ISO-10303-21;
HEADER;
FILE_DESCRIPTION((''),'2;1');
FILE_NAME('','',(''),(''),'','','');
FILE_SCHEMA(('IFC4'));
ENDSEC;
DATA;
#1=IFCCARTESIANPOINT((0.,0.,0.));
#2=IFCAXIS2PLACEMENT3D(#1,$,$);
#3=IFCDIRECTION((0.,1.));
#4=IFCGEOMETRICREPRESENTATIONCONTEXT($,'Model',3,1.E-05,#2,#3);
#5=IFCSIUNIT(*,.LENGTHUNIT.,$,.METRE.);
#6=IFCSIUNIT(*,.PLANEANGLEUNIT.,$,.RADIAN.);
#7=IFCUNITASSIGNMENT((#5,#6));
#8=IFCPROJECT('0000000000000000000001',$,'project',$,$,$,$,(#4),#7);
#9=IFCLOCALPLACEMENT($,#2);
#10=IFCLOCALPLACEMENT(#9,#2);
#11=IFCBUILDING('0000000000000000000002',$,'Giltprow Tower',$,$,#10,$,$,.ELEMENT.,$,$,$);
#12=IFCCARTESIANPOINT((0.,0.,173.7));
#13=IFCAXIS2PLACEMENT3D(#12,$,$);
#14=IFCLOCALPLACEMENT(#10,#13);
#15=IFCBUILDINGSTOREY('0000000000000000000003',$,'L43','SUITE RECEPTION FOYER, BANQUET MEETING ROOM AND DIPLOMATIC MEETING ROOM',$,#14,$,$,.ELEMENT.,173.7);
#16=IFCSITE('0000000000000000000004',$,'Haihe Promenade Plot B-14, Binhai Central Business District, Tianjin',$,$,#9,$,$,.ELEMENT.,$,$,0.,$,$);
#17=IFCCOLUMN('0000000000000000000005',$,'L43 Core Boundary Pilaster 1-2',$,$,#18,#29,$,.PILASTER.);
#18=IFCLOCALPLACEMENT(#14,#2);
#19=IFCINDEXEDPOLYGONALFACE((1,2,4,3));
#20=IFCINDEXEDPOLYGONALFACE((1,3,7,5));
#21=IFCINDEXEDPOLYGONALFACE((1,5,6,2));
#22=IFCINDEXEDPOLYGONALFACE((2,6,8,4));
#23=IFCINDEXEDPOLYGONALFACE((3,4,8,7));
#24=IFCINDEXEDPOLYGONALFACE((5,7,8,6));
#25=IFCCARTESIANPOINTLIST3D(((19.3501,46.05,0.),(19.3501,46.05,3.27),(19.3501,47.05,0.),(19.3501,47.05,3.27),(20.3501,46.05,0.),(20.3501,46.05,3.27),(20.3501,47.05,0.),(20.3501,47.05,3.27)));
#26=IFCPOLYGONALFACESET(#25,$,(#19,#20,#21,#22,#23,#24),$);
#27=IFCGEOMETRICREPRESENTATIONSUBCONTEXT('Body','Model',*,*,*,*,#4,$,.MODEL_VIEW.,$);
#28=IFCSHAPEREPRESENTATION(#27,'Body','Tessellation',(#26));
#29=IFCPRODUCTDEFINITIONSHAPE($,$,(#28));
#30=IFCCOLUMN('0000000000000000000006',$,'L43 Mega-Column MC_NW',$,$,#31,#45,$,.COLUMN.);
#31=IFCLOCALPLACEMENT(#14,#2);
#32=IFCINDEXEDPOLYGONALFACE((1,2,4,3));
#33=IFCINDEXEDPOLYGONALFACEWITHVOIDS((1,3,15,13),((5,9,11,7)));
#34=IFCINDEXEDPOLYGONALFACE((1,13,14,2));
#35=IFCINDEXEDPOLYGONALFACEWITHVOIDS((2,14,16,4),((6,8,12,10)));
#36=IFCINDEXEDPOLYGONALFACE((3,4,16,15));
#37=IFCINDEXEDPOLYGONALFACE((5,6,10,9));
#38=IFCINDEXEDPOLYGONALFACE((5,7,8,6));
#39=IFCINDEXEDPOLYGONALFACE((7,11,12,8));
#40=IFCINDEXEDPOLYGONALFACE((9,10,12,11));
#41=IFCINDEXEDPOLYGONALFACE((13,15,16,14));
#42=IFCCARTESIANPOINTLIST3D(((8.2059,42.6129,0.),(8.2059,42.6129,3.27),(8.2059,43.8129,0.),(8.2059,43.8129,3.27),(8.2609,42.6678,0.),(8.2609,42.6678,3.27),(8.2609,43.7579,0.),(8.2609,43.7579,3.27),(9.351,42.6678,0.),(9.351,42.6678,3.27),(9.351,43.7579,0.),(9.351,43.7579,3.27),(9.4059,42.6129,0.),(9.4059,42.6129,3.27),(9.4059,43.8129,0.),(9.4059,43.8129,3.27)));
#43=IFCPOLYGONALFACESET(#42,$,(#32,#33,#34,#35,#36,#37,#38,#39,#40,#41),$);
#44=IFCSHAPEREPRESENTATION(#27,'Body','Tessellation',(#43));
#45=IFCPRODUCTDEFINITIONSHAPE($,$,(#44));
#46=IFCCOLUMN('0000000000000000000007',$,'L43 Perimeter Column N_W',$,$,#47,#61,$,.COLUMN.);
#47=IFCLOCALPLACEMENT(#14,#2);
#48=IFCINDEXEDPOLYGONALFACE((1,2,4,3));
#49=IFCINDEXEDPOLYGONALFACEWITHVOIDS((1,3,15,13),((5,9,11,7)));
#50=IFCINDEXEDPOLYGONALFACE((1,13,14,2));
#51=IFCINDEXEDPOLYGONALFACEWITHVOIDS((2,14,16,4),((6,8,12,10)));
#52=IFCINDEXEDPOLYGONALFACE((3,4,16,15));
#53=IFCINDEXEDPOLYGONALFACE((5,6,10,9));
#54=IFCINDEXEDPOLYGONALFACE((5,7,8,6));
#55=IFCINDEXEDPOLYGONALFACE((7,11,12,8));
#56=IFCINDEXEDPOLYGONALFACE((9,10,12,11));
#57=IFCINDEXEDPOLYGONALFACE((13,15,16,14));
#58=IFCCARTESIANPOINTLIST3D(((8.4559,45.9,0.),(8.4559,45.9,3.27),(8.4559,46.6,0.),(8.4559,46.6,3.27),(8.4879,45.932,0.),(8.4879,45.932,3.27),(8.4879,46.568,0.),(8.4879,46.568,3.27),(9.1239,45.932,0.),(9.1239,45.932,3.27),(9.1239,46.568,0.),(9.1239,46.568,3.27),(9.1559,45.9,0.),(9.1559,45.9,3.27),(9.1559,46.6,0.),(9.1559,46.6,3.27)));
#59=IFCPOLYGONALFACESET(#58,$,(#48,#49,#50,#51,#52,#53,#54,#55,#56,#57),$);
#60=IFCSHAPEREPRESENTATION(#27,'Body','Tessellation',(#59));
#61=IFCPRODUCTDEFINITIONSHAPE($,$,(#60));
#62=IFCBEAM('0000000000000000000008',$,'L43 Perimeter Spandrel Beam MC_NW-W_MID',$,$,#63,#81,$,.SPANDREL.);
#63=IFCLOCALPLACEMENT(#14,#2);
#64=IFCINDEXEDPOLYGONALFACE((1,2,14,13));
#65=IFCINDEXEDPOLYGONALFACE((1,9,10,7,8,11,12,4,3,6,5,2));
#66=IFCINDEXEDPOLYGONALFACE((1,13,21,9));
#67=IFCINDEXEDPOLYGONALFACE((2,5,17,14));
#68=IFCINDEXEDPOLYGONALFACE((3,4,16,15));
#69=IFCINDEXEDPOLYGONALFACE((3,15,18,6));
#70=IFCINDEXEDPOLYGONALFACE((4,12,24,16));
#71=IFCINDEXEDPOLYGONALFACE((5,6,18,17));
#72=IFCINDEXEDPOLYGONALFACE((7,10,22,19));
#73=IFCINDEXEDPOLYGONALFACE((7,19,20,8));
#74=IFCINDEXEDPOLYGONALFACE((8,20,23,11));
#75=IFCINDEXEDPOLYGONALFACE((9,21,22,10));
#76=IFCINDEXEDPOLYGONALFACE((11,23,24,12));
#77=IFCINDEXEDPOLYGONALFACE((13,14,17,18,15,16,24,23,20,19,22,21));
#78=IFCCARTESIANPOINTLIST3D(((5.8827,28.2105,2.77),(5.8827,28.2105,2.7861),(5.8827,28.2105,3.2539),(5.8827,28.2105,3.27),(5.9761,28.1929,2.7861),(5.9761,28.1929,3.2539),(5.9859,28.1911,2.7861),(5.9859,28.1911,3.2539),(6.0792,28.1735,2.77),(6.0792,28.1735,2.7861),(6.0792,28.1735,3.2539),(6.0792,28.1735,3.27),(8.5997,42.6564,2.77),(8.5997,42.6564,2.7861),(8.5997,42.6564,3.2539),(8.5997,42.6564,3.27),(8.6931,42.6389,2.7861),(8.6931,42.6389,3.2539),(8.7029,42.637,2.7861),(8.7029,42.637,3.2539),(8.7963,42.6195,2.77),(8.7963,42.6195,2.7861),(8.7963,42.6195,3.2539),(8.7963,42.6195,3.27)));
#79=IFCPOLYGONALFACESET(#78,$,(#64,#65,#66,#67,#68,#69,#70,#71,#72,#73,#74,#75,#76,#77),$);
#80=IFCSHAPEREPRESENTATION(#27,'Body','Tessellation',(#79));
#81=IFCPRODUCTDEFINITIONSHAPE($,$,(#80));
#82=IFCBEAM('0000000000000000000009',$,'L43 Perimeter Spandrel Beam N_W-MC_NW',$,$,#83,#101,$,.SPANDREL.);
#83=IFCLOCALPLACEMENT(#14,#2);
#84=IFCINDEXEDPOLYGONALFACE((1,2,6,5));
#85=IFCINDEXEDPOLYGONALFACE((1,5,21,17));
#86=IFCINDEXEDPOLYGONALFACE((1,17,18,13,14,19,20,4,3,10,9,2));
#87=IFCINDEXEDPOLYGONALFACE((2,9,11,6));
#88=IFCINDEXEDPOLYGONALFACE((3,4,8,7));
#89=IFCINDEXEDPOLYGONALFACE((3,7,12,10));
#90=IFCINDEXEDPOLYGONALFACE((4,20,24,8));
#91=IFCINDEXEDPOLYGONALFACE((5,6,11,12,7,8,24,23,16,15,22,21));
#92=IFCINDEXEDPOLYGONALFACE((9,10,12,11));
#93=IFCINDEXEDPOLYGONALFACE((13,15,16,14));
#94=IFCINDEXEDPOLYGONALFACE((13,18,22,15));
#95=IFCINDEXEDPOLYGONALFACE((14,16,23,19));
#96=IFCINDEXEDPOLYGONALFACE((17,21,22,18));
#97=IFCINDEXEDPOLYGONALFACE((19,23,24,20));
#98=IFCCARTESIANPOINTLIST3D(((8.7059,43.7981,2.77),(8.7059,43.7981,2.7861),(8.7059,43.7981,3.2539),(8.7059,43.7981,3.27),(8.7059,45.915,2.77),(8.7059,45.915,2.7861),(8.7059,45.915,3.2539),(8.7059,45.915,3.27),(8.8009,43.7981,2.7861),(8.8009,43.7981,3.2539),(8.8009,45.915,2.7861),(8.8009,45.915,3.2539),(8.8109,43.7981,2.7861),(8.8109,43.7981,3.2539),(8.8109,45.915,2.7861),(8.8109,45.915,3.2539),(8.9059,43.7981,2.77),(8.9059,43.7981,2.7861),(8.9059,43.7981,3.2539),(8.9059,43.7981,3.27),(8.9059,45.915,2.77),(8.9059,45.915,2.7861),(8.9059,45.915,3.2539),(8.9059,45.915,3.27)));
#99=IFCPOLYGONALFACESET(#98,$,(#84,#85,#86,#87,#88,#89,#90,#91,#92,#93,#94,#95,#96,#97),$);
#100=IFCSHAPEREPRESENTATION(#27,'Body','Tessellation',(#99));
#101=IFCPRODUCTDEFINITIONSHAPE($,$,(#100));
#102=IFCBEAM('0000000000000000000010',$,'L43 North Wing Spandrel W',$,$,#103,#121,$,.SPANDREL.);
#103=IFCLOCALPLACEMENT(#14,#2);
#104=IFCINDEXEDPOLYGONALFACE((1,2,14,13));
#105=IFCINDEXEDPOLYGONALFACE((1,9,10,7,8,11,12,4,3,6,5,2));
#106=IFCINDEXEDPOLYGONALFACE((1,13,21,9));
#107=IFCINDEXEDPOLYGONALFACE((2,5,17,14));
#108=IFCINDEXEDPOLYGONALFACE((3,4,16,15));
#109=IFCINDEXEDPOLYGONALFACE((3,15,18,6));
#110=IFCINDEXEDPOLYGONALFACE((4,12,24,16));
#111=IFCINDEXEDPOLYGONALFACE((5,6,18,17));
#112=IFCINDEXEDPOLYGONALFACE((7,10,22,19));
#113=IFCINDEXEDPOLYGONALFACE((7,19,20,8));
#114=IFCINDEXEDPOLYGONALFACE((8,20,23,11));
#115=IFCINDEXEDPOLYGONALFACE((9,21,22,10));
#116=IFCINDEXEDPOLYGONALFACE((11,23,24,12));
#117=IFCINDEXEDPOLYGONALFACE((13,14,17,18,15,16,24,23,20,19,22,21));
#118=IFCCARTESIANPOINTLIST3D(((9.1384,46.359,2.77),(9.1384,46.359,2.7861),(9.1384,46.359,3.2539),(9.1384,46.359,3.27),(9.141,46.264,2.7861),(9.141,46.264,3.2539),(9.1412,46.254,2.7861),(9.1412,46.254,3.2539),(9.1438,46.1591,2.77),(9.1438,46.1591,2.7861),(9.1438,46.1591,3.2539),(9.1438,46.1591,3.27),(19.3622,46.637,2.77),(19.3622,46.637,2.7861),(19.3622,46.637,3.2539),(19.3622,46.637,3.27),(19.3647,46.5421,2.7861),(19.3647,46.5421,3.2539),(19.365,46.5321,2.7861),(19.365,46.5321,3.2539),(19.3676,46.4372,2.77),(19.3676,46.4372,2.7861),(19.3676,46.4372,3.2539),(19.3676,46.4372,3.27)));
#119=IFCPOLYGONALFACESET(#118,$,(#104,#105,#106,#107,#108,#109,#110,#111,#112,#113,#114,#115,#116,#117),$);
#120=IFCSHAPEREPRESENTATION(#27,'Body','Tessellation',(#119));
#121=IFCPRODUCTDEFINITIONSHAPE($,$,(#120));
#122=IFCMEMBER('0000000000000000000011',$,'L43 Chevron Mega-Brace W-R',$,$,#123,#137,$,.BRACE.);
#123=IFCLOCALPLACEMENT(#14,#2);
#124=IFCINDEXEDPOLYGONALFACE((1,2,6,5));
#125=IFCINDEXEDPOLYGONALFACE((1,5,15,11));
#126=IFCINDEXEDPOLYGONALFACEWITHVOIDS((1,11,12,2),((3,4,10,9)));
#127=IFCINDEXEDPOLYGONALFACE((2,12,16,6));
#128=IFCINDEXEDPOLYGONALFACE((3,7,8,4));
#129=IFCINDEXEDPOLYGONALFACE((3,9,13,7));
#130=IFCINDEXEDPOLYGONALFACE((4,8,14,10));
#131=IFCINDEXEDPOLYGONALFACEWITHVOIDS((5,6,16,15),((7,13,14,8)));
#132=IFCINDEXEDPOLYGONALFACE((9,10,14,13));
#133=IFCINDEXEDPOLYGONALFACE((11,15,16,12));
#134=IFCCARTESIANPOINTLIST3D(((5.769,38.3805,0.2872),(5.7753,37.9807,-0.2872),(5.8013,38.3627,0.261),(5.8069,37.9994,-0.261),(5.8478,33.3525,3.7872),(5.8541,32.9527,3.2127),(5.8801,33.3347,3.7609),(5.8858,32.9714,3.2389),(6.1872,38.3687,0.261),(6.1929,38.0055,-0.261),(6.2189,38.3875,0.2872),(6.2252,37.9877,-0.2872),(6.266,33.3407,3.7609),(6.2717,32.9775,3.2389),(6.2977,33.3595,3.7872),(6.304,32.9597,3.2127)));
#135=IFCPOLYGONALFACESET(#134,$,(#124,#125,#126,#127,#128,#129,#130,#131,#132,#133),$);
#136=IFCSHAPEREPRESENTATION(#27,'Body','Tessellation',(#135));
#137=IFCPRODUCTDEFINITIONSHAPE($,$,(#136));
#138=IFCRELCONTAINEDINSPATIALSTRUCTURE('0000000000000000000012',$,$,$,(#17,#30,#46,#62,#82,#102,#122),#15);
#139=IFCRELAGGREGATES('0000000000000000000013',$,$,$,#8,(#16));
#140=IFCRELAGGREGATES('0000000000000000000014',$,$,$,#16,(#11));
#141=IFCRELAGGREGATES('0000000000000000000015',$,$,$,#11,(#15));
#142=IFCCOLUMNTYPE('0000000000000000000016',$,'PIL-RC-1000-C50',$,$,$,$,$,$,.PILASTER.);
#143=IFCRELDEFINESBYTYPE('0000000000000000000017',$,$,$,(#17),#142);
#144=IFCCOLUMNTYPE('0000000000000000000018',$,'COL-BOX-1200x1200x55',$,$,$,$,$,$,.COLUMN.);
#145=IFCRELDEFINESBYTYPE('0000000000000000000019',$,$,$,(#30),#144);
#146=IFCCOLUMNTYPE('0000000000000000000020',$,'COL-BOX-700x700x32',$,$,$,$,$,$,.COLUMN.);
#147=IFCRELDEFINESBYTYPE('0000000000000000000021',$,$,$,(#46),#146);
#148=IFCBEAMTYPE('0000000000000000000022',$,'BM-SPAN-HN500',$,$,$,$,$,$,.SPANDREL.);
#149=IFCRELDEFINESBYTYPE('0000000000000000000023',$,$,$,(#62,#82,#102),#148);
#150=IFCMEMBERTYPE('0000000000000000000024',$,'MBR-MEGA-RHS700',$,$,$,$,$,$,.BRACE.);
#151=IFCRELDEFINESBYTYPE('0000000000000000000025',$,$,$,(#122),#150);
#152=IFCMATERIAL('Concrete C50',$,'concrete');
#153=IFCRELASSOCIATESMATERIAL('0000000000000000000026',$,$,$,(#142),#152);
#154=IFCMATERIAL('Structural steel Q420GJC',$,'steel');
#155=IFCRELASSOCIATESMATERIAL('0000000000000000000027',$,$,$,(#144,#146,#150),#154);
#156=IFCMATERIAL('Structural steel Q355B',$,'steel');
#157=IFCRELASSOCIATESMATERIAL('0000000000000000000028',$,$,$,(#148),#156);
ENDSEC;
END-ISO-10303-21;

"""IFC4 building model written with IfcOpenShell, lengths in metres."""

from ifc_helpers import new_model, si_unit, direction, frame, origin, origin_2d, place, context, subcontext, project, spatial, rectangle, hollow_rectangle, i_section, extrude, source, transform, mapped, material, material_profile, profile_set, type_object, element, save


model = new_model("IFC4")

# Units and contexts
model_context = context("Model", 3, precision=1e-05, world=origin(), true_north=direction((0.0, 1.0)))
body_context = subcontext(model_context, "Body", "Model", "MODEL_VIEW")
ifc_project = project(units=[si_unit("LENGTHUNIT", "METRE"), si_unit("PLANEANGLEUNIT", "RADIAN")], contexts=[model_context])

# Site, building, storey
site_placement = place(None, origin())
site = spatial("IfcSite", under=ifc_project, at=site_placement, Name="Haihe Promenade Plot B-14, Binhai Central Business District, Tianjin", CompositionType="ELEMENT", RefElevation=0.0)
building_placement = place(site_placement, origin())
building = spatial("IfcBuilding", under=site, at=building_placement, Name="Giltprow Tower", CompositionType="ELEMENT")
storey_placement = place(building_placement, frame((0.0, 0.0, 173.7)))
storey = spatial("IfcBuildingStorey", under=building, at=storey_placement, Name="L43", Description="SUITE RECEPTION FOYER, BANQUET MEETING ROOM AND DIPLOMATIC MEETING ROOM", CompositionType="ELEMENT", Elevation=173.7)

# Columns
ifc_material_1 = material(Name="Concrete C50", Category="concrete")
ifc_material_profile_1 = material_profile(ifc_material_1, rectangle(XDim=1.0, YDim=1.0, at=origin_2d()), Name="RC 1000x1000")
ifc_profile_set_1 = profile_set([ifc_material_profile_1], Name="Concrete C50")
column_type_1 = type_object("IfcColumnType", Name="PIL-RC-1000-C50", PredefinedType="PILASTER", material=ifc_profile_set_1)
shared_shape_1 = source(origin(), body_context, "Body", "SweptSolid", [
    extrude(rectangle(XDim=1.0, YDim=1.0, at=origin_2d()), origin(), (0.0, 0.0, 1.0), 3.27),
])
column_1_placement = place(storey_placement, frame((19.8501, 46.55, 0.0), z_axis=(0.0, 0.0, 1.0), x_axis=(1.0, 0.0, 0.0)))
element("IfcColumn", 1, at=column_1_placement, inside=storey, type_object=column_type_1, Name="L43 Core Boundary Pilaster 1-2", PredefinedType="PILASTER", context=body_context, shape_type="MappedRepresentation", body=[
    mapped(shared_shape_1, transform((0.0, 0.0, 0.0), x_axis=(1.0, 0.0, 0.0), y_axis=(0.0, 1.0, 0.0), z_axis=(0.0, 0.0, 1.0), scale=1.0)),
])
ifc_material_2 = material(Name="Structural steel Q420GJC", Category="steel")
ifc_material_profile_2 = material_profile(ifc_material_2, hollow_rectangle(XDim=1.2, YDim=1.2, WallThickness=0.0549, at=origin_2d()), Name="BOX 1200x1200x55")
ifc_profile_set_2 = profile_set([ifc_material_profile_2], Name="Structural steel Q420GJC")
column_type_2 = type_object("IfcColumnType", Name="COL-BOX-1200x1200x55", PredefinedType="COLUMN", material=ifc_profile_set_2)
shared_shape_2 = source(origin(), body_context, "Body", "SweptSolid", [
    extrude(hollow_rectangle(XDim=1.2, YDim=1.2, WallThickness=0.0549, at=origin_2d()), origin(), (0.0, 0.0, 1.0), 3.27),
])
column_2_placement = place(storey_placement, frame((8.8059, 43.2129, 0.0), z_axis=(0.0, 0.0, 1.0), x_axis=(1.0, 0.0, 0.0)))
element("IfcColumn", 2, at=column_2_placement, inside=storey, type_object=column_type_2, Name="L43 Mega-Column MC_NW", PredefinedType="COLUMN", context=body_context, shape_type="MappedRepresentation", body=[
    mapped(shared_shape_2, transform((0.0, 0.0, 0.0), x_axis=(1.0, 0.0, 0.0), y_axis=(0.0, 1.0, 0.0), z_axis=(0.0, 0.0, 1.0), scale=1.0)),
])
ifc_material_profile_3 = material_profile(ifc_material_2, hollow_rectangle(XDim=0.7, YDim=0.7, WallThickness=0.032, at=origin_2d()), Name="BOX 700x700x32")
ifc_profile_set_3 = profile_set([ifc_material_profile_3], Name="Structural steel Q420GJC")
column_type_3 = type_object("IfcColumnType", Name="COL-BOX-700x700x32", PredefinedType="COLUMN", material=ifc_profile_set_3)
shared_shape_3 = source(origin(), body_context, "Body", "SweptSolid", [
    extrude(hollow_rectangle(XDim=0.7, YDim=0.7, WallThickness=0.032, at=origin_2d()), origin(), (0.0, 0.0, 1.0), 3.27),
])
column_3_placement = place(storey_placement, frame((8.8059, 46.25, 0.0), z_axis=(0.0, 0.0, 1.0), x_axis=(1.0, 0.0, 0.0)))
element("IfcColumn", 3, at=column_3_placement, inside=storey, type_object=column_type_3, Name="L43 Perimeter Column N_W", PredefinedType="COLUMN", context=body_context, shape_type="MappedRepresentation", body=[
    mapped(shared_shape_3, transform((0.0, 0.0, 0.0), x_axis=(1.0, 0.0, 0.0), y_axis=(0.0, 1.0, 0.0), z_axis=(0.0, 0.0, 1.0), scale=1.0)),
])

# Beams
ifc_material_3 = material(Name="Structural steel Q355B", Category="steel")
ifc_material_profile_4 = material_profile(ifc_material_3, i_section(OverallWidth=0.2, OverallDepth=0.5, WebThickness=0.01, FlangeThickness=0.0161, at=origin_2d()), Name="HN 500x200x10x16")
ifc_profile_set_4 = profile_set([ifc_material_profile_4], Name="Structural steel Q355B")
beam_type = type_object("IfcBeamType", Name="BM-SPAN-HN500", PredefinedType="SPANDREL", material=ifc_profile_set_4)
shared_shape_4 = source(origin(), body_context, "Body", "SweptSolid", [
    extrude(i_section(OverallWidth=0.2, OverallDepth=0.5, WebThickness=0.01, FlangeThickness=0.0161, at=origin_2d()), origin(), (0.0, 0.0, 1.0), 14.6992),
])
beam_1_placement = place(storey_placement, frame((8.698, 42.6379, 3.02), z_axis=(-0.184841, -0.982768, 0.0), x_axis=(0.982768, -0.184841, 0.0)))
element("IfcBeam", 4, at=beam_1_placement, inside=storey, type_object=beam_type, Name="L43 Perimeter Spandrel Beam MC_NW-W_MID", PredefinedType="SPANDREL", context=body_context, shape_type="MappedRepresentation", body=[
    mapped(shared_shape_4, transform((0.0, 0.0, 0.0), x_axis=(1.0, 0.0, 0.0), y_axis=(0.0, 1.0, 0.0), z_axis=(0.0, 0.0, 1.0), scale=1.0)),
])
shared_shape_5 = source(origin(), body_context, "Body", "SweptSolid", [
    extrude(i_section(OverallWidth=0.2, OverallDepth=0.5, WebThickness=0.01, FlangeThickness=0.0161, at=origin_2d()), origin(), (0.0, 0.0, 1.0), 2.1169),
])
beam_2_placement = place(storey_placement, frame((8.8059, 45.915, 3.02), z_axis=(0.0, -1.0, 0.0), x_axis=(1.0, 0.0, 0.0)))
element("IfcBeam", 5, at=beam_2_placement, inside=storey, type_object=beam_type, Name="L43 Perimeter Spandrel Beam N_W-MC_NW", PredefinedType="SPANDREL", context=body_context, shape_type="MappedRepresentation", body=[
    mapped(shared_shape_5, transform((0.0, 0.0, 0.0), x_axis=(1.0, 0.0, 0.0), y_axis=(0.0, 1.0, 0.0), z_axis=(0.0, 0.0, 1.0), scale=1.0)),
])
shared_shape_6 = source(origin(), body_context, "Body", "SweptSolid", [
    extrude(i_section(OverallWidth=0.2, OverallDepth=0.5, WebThickness=0.01, FlangeThickness=0.0161, at=origin_2d()), origin(), (0.0, 0.0, 1.0), 10.2275),
])
beam_3_placement = place(storey_placement, frame((9.1411, 46.259, 3.02), z_axis=(0.99963, 0.027189, 0.0), x_axis=(-0.027189, 0.99963, 0.0)))
element("IfcBeam", 6, at=beam_3_placement, inside=storey, type_object=beam_type, Name="L43 North Wing Spandrel W", PredefinedType="SPANDREL", context=body_context, shape_type="MappedRepresentation", body=[
    mapped(shared_shape_6, transform((0.0, 0.0, 0.0), x_axis=(1.0, 0.0, 0.0), y_axis=(0.0, 1.0, 0.0), z_axis=(0.0, 0.0, 1.0), scale=1.0)),
])

# Member
ifc_material_profile_5 = material_profile(ifc_material_2, hollow_rectangle(XDim=0.45, YDim=0.7, WallThickness=0.032, at=origin_2d()), Name="RHS 700x450x32")
ifc_profile_set_5 = profile_set([ifc_material_profile_5], Name="Structural steel Q420GJC")
member_type = type_object("IfcMemberType", Name="MBR-MEGA-RHS700", PredefinedType="BRACE", material=ifc_profile_set_5)
shared_shape_7 = source(origin(), body_context, "Body", "SweptSolid", [
    extrude(hollow_rectangle(XDim=0.45, YDim=0.7, WallThickness=0.032, at=origin_2d()), origin(), (0.0, 0.0, 1.0), 6.1267),
])
member_placement = place(storey_placement, frame((5.9971, 38.1841, 0.0), z_axis=(0.012871, -0.820668, 0.57126), x_axis=(0.999877, 0.015681, 0.0)))
element("IfcMember", 7, at=member_placement, inside=storey, type_object=member_type, Name="L43 Chevron Mega-Brace W-R", PredefinedType="BRACE", context=body_context, shape_type="MappedRepresentation", body=[
    mapped(shared_shape_7, transform((0.0, 0.0, 0.0), x_axis=(1.0, 0.0, 0.0), y_axis=(0.0, 1.0, 0.0), z_axis=(0.0, 0.0, 1.0), scale=1.0)),
])

save(model, "model.ifc")
